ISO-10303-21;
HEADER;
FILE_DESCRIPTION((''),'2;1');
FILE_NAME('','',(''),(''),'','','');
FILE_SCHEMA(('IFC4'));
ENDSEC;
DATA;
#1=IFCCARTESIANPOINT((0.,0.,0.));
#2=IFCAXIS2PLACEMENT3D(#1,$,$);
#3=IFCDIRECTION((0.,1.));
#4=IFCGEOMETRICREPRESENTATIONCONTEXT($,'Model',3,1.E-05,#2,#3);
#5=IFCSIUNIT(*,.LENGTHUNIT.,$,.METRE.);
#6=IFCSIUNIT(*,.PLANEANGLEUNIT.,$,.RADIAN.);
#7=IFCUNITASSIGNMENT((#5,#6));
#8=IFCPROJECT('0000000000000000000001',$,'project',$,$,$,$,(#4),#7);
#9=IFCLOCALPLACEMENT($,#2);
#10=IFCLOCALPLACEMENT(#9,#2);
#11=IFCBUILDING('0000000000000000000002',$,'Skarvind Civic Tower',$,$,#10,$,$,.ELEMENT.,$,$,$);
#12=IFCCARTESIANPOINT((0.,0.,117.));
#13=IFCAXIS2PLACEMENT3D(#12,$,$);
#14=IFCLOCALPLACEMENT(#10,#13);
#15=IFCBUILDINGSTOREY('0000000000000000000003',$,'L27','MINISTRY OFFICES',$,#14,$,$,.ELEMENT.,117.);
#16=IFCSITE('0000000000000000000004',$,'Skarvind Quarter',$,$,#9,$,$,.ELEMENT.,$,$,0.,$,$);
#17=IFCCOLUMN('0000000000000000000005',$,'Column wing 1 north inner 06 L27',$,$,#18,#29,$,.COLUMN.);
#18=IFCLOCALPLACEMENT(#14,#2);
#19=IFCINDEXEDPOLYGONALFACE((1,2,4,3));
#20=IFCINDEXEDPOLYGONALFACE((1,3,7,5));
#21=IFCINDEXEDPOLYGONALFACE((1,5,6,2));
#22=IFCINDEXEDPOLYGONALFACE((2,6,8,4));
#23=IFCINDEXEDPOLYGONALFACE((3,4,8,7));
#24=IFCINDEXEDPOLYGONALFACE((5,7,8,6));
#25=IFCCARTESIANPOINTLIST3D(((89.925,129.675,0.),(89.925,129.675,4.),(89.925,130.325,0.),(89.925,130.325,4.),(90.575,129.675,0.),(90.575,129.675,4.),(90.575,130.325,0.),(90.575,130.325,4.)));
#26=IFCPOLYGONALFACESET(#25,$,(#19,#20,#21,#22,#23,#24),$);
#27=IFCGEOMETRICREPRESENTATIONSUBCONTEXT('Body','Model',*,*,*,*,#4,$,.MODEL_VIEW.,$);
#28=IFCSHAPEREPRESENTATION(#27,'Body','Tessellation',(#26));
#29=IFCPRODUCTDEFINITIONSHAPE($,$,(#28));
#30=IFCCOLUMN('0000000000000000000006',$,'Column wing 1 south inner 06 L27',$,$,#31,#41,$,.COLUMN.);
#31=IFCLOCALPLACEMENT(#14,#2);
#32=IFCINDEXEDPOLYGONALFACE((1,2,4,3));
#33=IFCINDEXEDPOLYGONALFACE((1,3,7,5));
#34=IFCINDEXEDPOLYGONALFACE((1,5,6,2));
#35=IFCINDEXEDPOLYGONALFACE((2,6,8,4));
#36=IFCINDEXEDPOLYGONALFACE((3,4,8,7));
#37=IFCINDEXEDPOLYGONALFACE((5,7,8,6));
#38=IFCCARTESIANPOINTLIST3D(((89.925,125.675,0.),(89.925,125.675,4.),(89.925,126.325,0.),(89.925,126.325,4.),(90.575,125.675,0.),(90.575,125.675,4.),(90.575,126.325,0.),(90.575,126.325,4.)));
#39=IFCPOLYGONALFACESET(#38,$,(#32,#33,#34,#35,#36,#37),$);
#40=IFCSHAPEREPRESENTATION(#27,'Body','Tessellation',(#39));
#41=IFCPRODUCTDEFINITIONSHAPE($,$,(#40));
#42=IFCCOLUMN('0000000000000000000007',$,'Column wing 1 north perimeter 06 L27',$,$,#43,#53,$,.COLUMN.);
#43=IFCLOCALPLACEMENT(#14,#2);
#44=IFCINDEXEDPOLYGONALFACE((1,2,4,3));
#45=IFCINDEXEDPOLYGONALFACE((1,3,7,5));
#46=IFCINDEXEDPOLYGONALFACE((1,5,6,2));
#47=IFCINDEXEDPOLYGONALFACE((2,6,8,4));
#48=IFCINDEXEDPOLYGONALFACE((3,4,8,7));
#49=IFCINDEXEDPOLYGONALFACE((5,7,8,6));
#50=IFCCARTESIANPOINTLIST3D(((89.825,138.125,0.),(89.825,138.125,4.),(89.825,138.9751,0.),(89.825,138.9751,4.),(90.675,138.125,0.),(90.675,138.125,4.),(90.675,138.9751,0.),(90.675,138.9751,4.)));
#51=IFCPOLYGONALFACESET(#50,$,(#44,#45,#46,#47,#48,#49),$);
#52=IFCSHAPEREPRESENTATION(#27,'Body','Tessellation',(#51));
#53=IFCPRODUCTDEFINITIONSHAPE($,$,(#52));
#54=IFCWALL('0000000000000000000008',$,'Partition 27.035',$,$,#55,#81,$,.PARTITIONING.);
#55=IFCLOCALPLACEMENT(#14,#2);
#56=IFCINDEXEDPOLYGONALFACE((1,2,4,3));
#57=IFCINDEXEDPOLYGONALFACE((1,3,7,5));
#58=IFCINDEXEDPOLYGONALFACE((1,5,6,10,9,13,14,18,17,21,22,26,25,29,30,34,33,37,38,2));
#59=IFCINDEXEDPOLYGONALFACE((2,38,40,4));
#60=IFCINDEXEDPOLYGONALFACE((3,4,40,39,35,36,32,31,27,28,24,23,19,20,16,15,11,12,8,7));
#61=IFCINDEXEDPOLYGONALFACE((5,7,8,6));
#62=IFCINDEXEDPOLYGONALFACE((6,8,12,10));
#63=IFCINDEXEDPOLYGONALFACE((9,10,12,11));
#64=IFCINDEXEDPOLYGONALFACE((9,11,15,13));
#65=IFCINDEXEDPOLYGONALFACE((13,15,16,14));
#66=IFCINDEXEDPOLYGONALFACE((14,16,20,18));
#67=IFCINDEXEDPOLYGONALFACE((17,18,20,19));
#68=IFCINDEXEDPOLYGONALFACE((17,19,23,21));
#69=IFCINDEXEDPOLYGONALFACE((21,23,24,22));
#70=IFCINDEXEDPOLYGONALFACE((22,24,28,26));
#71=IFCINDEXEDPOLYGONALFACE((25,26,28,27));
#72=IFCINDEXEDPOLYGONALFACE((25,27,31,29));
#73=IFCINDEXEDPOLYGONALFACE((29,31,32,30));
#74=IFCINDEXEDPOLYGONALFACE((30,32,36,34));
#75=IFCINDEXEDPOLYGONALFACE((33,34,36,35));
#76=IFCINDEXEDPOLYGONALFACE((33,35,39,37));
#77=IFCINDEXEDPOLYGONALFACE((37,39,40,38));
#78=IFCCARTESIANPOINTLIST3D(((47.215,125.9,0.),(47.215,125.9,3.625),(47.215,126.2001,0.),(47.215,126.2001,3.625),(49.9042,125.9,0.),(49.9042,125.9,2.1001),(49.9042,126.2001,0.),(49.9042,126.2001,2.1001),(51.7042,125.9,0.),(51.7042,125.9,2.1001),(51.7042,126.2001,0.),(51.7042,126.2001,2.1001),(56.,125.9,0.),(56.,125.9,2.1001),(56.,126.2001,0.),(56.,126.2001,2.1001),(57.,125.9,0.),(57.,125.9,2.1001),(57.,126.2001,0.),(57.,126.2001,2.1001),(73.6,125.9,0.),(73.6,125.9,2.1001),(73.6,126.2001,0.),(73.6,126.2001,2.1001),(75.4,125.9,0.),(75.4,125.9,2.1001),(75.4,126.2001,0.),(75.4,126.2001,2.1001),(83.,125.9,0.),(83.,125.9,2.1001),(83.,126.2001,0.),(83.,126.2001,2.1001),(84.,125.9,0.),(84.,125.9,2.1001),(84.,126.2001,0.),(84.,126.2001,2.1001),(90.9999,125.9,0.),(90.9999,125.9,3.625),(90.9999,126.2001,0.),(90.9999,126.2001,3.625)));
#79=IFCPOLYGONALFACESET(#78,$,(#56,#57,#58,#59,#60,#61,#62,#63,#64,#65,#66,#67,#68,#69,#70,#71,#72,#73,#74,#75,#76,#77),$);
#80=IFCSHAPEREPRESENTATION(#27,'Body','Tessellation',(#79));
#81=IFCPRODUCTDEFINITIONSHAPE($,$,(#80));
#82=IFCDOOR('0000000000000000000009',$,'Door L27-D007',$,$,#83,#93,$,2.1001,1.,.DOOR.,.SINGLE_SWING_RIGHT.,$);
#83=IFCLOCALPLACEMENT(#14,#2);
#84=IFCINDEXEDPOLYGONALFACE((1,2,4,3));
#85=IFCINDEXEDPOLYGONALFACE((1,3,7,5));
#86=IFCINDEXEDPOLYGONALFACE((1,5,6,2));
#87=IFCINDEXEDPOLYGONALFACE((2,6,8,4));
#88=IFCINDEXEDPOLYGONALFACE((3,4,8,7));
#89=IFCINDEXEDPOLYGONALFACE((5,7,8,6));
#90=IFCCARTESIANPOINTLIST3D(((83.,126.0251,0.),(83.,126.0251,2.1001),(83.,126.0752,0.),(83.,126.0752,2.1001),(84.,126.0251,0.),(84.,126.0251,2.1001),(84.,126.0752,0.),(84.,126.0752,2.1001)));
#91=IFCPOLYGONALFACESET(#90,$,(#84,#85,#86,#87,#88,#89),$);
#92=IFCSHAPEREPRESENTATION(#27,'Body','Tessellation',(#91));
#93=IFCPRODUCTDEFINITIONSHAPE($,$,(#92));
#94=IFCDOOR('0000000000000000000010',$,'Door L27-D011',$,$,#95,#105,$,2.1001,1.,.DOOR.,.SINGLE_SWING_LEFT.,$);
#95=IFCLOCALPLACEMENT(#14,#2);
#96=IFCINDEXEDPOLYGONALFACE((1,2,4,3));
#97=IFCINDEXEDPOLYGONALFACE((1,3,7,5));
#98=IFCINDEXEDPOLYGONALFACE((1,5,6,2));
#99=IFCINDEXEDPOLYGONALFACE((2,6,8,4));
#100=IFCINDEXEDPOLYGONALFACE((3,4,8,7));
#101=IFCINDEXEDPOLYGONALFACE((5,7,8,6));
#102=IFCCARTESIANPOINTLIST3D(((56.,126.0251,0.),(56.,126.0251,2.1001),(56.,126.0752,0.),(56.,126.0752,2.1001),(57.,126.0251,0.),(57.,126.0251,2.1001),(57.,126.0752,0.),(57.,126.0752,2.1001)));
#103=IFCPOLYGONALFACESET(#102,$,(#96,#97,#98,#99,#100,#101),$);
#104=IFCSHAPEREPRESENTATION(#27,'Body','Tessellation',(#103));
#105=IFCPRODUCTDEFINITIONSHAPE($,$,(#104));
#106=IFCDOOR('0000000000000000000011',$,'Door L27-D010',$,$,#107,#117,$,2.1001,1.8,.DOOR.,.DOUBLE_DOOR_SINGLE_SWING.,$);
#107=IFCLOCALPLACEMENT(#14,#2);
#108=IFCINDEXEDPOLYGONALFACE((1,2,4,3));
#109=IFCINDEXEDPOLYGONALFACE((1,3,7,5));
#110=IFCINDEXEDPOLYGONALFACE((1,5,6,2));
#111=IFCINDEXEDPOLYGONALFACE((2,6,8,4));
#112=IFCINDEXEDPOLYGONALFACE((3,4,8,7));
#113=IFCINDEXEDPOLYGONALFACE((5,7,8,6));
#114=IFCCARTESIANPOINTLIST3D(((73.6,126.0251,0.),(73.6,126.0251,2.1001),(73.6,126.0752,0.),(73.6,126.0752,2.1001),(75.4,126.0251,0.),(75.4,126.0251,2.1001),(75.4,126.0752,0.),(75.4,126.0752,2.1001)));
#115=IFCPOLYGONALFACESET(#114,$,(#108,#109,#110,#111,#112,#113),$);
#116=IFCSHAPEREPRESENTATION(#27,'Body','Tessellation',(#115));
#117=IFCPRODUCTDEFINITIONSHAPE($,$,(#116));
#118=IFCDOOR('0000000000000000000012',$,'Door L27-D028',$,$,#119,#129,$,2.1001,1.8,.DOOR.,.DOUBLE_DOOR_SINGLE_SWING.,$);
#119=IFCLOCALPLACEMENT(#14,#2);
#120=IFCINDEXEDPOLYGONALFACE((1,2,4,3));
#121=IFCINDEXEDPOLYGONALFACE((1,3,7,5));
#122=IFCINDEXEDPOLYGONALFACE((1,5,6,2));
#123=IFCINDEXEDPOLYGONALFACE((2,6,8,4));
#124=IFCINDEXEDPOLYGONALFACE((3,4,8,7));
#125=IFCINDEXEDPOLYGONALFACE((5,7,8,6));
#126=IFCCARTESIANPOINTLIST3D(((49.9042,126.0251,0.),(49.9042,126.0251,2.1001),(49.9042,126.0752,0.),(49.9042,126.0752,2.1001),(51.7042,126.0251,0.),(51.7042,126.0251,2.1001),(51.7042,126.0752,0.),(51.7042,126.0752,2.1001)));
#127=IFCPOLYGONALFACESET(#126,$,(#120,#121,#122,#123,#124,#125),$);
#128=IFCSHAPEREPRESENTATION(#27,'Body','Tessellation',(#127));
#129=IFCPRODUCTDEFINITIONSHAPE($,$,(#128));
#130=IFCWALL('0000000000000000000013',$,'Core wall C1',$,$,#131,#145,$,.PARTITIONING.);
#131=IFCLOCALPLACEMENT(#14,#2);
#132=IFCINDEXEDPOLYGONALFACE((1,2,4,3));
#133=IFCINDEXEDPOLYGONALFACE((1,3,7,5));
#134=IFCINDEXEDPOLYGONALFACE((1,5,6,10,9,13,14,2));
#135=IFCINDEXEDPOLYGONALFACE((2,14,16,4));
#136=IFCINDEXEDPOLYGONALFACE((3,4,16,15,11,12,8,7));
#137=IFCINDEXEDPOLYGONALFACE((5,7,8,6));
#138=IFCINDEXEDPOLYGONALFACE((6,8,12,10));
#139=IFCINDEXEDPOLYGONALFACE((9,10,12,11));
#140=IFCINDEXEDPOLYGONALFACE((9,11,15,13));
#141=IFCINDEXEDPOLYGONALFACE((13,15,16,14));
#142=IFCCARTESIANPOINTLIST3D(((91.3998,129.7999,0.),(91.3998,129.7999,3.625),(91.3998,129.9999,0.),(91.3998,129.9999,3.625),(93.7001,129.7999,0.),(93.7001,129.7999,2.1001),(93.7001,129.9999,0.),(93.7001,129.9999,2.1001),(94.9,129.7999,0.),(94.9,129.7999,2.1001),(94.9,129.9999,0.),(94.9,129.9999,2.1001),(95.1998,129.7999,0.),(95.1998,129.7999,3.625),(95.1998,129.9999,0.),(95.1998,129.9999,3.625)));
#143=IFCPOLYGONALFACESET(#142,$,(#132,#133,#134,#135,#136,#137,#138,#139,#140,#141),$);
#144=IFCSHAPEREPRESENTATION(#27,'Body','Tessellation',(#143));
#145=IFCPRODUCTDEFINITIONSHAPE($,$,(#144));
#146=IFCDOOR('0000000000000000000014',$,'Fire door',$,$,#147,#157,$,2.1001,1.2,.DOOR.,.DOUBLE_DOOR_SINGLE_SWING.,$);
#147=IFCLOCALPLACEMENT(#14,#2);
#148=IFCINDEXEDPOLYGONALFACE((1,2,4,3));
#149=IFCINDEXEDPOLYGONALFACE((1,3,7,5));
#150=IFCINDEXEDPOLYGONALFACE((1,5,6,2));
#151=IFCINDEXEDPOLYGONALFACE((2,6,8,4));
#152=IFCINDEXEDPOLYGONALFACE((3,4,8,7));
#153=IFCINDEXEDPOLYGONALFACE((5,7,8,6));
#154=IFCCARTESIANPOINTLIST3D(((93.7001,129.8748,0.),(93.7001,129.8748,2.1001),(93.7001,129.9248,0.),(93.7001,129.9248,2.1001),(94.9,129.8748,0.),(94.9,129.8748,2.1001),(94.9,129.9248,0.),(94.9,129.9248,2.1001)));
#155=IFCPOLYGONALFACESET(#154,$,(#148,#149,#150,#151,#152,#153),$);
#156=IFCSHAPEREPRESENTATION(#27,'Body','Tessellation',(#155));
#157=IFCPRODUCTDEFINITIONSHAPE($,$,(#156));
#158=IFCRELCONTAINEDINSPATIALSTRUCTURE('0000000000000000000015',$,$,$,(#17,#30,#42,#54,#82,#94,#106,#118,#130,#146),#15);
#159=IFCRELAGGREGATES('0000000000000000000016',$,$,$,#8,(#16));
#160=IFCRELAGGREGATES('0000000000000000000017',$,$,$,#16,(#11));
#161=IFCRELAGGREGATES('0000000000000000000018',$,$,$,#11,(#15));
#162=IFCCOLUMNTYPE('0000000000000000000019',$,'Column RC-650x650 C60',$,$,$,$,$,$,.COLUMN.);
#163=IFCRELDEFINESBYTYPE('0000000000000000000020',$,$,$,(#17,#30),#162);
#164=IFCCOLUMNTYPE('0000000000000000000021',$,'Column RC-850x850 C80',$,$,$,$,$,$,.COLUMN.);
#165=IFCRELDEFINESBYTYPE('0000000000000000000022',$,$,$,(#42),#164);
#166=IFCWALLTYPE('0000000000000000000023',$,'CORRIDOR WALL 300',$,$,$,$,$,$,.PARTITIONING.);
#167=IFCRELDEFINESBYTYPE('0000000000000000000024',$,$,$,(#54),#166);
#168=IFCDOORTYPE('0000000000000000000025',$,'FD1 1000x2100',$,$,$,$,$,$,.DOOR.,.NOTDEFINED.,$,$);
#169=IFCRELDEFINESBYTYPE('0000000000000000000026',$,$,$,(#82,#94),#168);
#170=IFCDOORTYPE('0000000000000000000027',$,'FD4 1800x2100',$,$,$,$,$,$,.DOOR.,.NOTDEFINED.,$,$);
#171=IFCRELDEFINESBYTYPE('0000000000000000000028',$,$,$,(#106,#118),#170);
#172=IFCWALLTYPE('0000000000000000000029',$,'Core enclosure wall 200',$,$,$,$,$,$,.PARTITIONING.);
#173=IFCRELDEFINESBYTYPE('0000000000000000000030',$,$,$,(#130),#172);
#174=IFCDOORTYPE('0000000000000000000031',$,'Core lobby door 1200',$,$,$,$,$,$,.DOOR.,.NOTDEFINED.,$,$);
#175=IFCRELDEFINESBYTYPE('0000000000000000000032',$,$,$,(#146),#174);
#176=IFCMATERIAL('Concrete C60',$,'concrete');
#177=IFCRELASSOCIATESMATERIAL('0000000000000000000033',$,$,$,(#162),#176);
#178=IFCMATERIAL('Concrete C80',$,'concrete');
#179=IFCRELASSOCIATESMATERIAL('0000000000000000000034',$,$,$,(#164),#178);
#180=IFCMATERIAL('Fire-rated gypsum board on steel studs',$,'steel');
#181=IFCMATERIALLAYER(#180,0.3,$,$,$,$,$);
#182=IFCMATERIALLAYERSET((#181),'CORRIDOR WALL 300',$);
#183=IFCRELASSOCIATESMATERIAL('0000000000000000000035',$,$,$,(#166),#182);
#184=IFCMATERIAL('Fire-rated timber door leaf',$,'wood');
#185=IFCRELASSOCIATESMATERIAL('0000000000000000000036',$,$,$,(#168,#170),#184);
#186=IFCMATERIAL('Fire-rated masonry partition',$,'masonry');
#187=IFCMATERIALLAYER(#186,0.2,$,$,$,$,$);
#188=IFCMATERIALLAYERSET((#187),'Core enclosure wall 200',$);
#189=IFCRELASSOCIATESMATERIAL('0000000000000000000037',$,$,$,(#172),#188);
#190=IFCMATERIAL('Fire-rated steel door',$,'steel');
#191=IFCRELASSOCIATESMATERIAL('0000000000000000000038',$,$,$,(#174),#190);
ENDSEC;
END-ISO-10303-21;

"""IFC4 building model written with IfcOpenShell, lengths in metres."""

from ifc_helpers import new_model, si_unit, direction, frame, frame_2d, origin, origin_2d, place, context, subcontext, project, spatial, rectangle, extrude, material, layer, layer_set, material_profile, profile_set, type_object, element, fill, save


model = new_model("IFC4")

# Units and contexts
model_context = context("Model", 3, precision=1e-05, world=origin(), true_north=direction((0.0, 1.0)))
body_context = subcontext(model_context, "Body", "Model", "MODEL_VIEW")
ifc_project = project(units=[si_unit("LENGTHUNIT", "METRE"), si_unit("PLANEANGLEUNIT", "RADIAN")], contexts=[model_context])

# Site, building, storey
site_placement = place(None, origin())
site = spatial("IfcSite", under=ifc_project, at=site_placement, Name="Skarvind Quarter", CompositionType="ELEMENT", RefElevation=0.0)
building_placement = place(site_placement, origin())
building = spatial("IfcBuilding", under=site, at=building_placement, Name="Skarvind Civic Tower", CompositionType="ELEMENT")
storey_placement = place(building_placement, frame((0.0, 0.0, 117.0)))
storey = spatial("IfcBuildingStorey", under=building, at=storey_placement, Name="L27", Description="MINISTRY OFFICES", CompositionType="ELEMENT", Elevation=117.0)

# Columns
ifc_material_1 = material(Name="Concrete C60", Category="concrete")
ifc_material_profile_1 = material_profile(ifc_material_1, rectangle(XDim=0.6499, YDim=0.6499, at=origin_2d()), Name="RC-650x650")
ifc_profile_set_1 = profile_set([ifc_material_profile_1], Name="Concrete C60")
column_type_1 = type_object("IfcColumnType", Name="Column RC-650x650 C60", PredefinedType="COLUMN", material=ifc_profile_set_1)
for number, where, z_axis, x_axis, name in (
    (1, (90.25, 130.0, 0.0), (0.0, 0.0, 1.0), (1.0, 0.0, 0.0), "Column wing 1 north inner 06 L27"),
    (2, (90.25, 126.0, 0.0), (0.0, 0.0, 1.0), (1.0, 0.0, 0.0), "Column wing 1 south inner 06 L27"),
):
    element("IfcColumn", number, at=place(storey_placement, frame(where, z_axis=z_axis, x_axis=x_axis)), inside=storey, type_object=column_type_1, Name=name, PredefinedType="COLUMN", context=body_context, shape_type="SweptSolid", body=[
        extrude(rectangle(XDim=0.6499, YDim=0.6499, at=origin_2d()), origin(), (0.0, 0.0, 1.0), 4.0),
    ])
ifc_material_2 = material(Name="Concrete C80", Category="concrete")
ifc_material_profile_2 = material_profile(ifc_material_2, rectangle(XDim=0.8501, YDim=0.8501, at=origin_2d()), Name="RC-850x850")
ifc_profile_set_2 = profile_set([ifc_material_profile_2], Name="Concrete C80")
column_type_2 = type_object("IfcColumnType", Name="Column RC-850x850 C80", PredefinedType="COLUMN", material=ifc_profile_set_2)
column_placement = place(storey_placement, frame((90.25, 138.55, 0.0), z_axis=(0.0, 0.0, 1.0), x_axis=(1.0, 0.0, 0.0)))
element("IfcColumn", 3, at=column_placement, inside=storey, type_object=column_type_2, Name="Column wing 1 north perimeter 06 L27", PredefinedType="COLUMN", context=body_context, shape_type="SweptSolid", body=[
    extrude(rectangle(XDim=0.8501, YDim=0.8501, at=origin_2d()), origin(), (0.0, 0.0, 1.0), 4.0),
])

# Wall, openings, doors
ifc_material_3 = material(Name="Fire-rated gypsum board on steel studs", Category="steel")
ifc_layer_1 = layer(ifc_material_3, 0.3)
ifc_layer_set_1 = layer_set([ifc_layer_1], Name="CORRIDOR WALL 300")
wall_type_1 = type_object("IfcWallType", Name="CORRIDOR WALL 300", PredefinedType="PARTITIONING", material=ifc_layer_set_1)
wall_1_placement = place(storey_placement, frame((91.0, 126.05, 0.0), z_axis=(0.0, 0.0, 1.0), x_axis=(-1.0, 0.0, 0.0)))
wall_1 = element("IfcWall", 4, at=wall_1_placement, inside=storey, type_object=wall_type_1, Name="Partition 27.035", PredefinedType="PARTITIONING", context=body_context, shape_type="SweptSolid", body=[
    extrude(rectangle(XDim=43.7849, YDim=0.3, at=frame_2d((21.8926, 0.0))), origin(), (0.0, 0.0, 1.0), 3.625),
])
opening_1_placement = place(wall_1_placement, frame((7.0, 0.0, 0.0)))
opening_1 = element("IfcOpeningElement", 5, at=opening_1_placement, cuts=wall_1, PredefinedType="OPENING", context=body_context, shape_type="SweptSolid", body=[
    extrude(rectangle(XDim=1.0, YDim=2.1001, at=frame_2d((0.5, 1.05))), frame((0.0, 0.1599, 0.0), z_axis=(0.0, -1.0, 0.0), x_axis=(1.0, 0.0, 0.0)), (0.0, 0.0, 1.0), 0.3201),
])
opening_2_placement = place(wall_1_placement, frame((15.6001, 0.0, 0.0)))
opening_2 = element("IfcOpeningElement", 6, at=opening_2_placement, cuts=wall_1, PredefinedType="OPENING", context=body_context, shape_type="SweptSolid", body=[
    extrude(rectangle(XDim=1.8, YDim=2.1001, at=frame_2d((0.8999, 1.05))), frame((0.0, 0.1599, 0.0), z_axis=(0.0, -1.0, 0.0), x_axis=(1.0, 0.0, 0.0)), (0.0, 0.0, 1.0), 0.3201),
])
opening_3_placement = place(wall_1_placement, frame((34.0, 0.0, 0.0)))
opening_3 = element("IfcOpeningElement", 7, at=opening_3_placement, cuts=wall_1, PredefinedType="OPENING", context=body_context, shape_type="SweptSolid", body=[
    extrude(rectangle(XDim=1.0, YDim=2.1001, at=frame_2d((0.5, 1.05))), frame((0.0, 0.1599, 0.0), z_axis=(0.0, -1.0, 0.0), x_axis=(1.0, 0.0, 0.0)), (0.0, 0.0, 1.0), 0.3201),
])
opening_4_placement = place(wall_1_placement, frame((39.2959, 0.0, 0.0)))
opening_4 = element("IfcOpeningElement", 8, at=opening_4_placement, cuts=wall_1, PredefinedType="OPENING", context=body_context, shape_type="SweptSolid", body=[
    extrude(rectangle(XDim=1.8, YDim=2.1001, at=frame_2d((0.8999, 1.05))), frame((0.0, 0.1599, 0.0), z_axis=(0.0, -1.0, 0.0), x_axis=(1.0, 0.0, 0.0)), (0.0, 0.0, 1.0), 0.3201),
])
ifc_material_4 = material(Name="Fire-rated timber door leaf", Category="wood")
door_type_1 = type_object("IfcDoorType", Name="FD1 1000x2100", OperationType="NOTDEFINED", PredefinedType="DOOR", material=ifc_material_4)
door_1_placement = place(opening_1_placement, origin())
door_1 = element("IfcDoor", 9, at=door_1_placement, inside=storey, type_object=door_type_1, Name="Door L27-D007", OperationType="SINGLE_SWING_RIGHT", OverallHeight=2.1001, OverallWidth=1.0, PredefinedType="DOOR", context=body_context, shape_type="SweptSolid", body=[
    extrude(rectangle(XDim=1.0, YDim=2.1001, at=frame_2d((0.5, 1.05))), frame((0.0, 0.0249, 0.0), z_axis=(0.0, -1.0, 0.0), x_axis=(1.0, 0.0, 0.0)), (0.0, 0.0, 1.0), 0.05),
])
fill(opening_1, door_1)
door_2_placement = place(opening_3_placement, origin())
door_2 = element("IfcDoor", 10, at=door_2_placement, inside=storey, type_object=door_type_1, Name="Door L27-D011", OperationType="SINGLE_SWING_LEFT", OverallHeight=2.1001, OverallWidth=1.0, PredefinedType="DOOR", context=body_context, shape_type="SweptSolid", body=[
    extrude(rectangle(XDim=1.0, YDim=2.1001, at=frame_2d((0.5, 1.05))), frame((0.0, 0.0249, 0.0), z_axis=(0.0, -1.0, 0.0), x_axis=(1.0, 0.0, 0.0)), (0.0, 0.0, 1.0), 0.05),
])
fill(opening_3, door_2)
door_type_2 = type_object("IfcDoorType", Name="FD4 1800x2100", OperationType="NOTDEFINED", PredefinedType="DOOR", material=ifc_material_4)
door_3_placement = place(opening_2_placement, origin())
door_3 = element("IfcDoor", 11, at=door_3_placement, inside=storey, type_object=door_type_2, Name="Door L27-D010", OperationType="DOUBLE_DOOR_SINGLE_SWING", OverallHeight=2.1001, OverallWidth=1.8, PredefinedType="DOOR", context=body_context, shape_type="SweptSolid", body=[
    extrude(rectangle(XDim=1.8, YDim=2.1001, at=frame_2d((0.8999, 1.05))), frame((0.0, 0.0249, 0.0), z_axis=(0.0, -1.0, 0.0), x_axis=(1.0, 0.0, 0.0)), (0.0, 0.0, 1.0), 0.05),
])
fill(opening_2, door_3)
door_4_placement = place(opening_4_placement, origin())
door_4 = element("IfcDoor", 12, at=door_4_placement, inside=storey, type_object=door_type_2, Name="Door L27-D028", OperationType="DOUBLE_DOOR_SINGLE_SWING", OverallHeight=2.1001, OverallWidth=1.8, PredefinedType="DOOR", context=body_context, shape_type="SweptSolid", body=[
    extrude(rectangle(XDim=1.8, YDim=2.1001, at=frame_2d((0.8999, 1.05))), frame((0.0, 0.0249, 0.0), z_axis=(0.0, -1.0, 0.0), x_axis=(1.0, 0.0, 0.0)), (0.0, 0.0, 1.0), 0.05),
])
fill(opening_4, door_4)

# Wall, opening, door
ifc_material_5 = material(Name="Fire-rated masonry partition", Category="masonry")
ifc_layer_2 = layer(ifc_material_5, 0.2)
ifc_layer_set_2 = layer_set([ifc_layer_2], Name="Core enclosure wall 200")
wall_type_2 = type_object("IfcWallType", Name="Core enclosure wall 200", PredefinedType="PARTITIONING", material=ifc_layer_set_2)
wall_2_placement = place(storey_placement, frame((91.3999, 129.8999, 0.0), z_axis=(0.0, 0.0, 1.0), x_axis=(1.0, 0.0, 0.0)))
wall_2 = element("IfcWall", 13, at=wall_2_placement, inside=storey, type_object=wall_type_2, Name="Core wall C1", PredefinedType="PARTITIONING", context=body_context, shape_type="SweptSolid", body=[
    extrude(rectangle(XDim=3.8, YDim=0.2, at=frame_2d((1.8999, 0.0))), origin(), (0.0, 0.0, 1.0), 3.625),
])
opening_5_placement = place(wall_2_placement, frame((2.3, 0.0, 0.0)))
opening_5 = element("IfcOpeningElement", 14, at=opening_5_placement, cuts=wall_2, PredefinedType="OPENING", context=body_context, shape_type="SweptSolid", body=[
    extrude(rectangle(XDim=1.2, YDim=2.1001, at=frame_2d((0.6001, 1.05))), frame((0.0, 0.1099, 0.0), z_axis=(0.0, -1.0, 0.0), x_axis=(1.0, 0.0, 0.0)), (0.0, 0.0, 1.0), 0.22),
])
ifc_material_6 = material(Name="Fire-rated steel door", Category="steel")
door_type_3 = type_object("IfcDoorType", Name="Core lobby door 1200", OperationType="NOTDEFINED", PredefinedType="DOOR", material=ifc_material_6)
door_5_placement = place(opening_5_placement, origin())
door_5 = element("IfcDoor", 15, at=door_5_placement, inside=storey, type_object=door_type_3, Name="Fire door", OperationType="DOUBLE_DOOR_SINGLE_SWING", OverallHeight=2.1001, OverallWidth=1.2, PredefinedType="DOOR", context=body_context, shape_type="SweptSolid", body=[
    extrude(rectangle(XDim=1.2, YDim=2.1001, at=frame_2d((0.6001, 1.05))), frame((0.0, 0.0249, 0.0), z_axis=(0.0, -1.0, 0.0), x_axis=(1.0, 0.0, 0.0)), (0.0, 0.0, 1.0), 0.05),
])
fill(opening_5, door_5)

save(model, "model.ifc")
